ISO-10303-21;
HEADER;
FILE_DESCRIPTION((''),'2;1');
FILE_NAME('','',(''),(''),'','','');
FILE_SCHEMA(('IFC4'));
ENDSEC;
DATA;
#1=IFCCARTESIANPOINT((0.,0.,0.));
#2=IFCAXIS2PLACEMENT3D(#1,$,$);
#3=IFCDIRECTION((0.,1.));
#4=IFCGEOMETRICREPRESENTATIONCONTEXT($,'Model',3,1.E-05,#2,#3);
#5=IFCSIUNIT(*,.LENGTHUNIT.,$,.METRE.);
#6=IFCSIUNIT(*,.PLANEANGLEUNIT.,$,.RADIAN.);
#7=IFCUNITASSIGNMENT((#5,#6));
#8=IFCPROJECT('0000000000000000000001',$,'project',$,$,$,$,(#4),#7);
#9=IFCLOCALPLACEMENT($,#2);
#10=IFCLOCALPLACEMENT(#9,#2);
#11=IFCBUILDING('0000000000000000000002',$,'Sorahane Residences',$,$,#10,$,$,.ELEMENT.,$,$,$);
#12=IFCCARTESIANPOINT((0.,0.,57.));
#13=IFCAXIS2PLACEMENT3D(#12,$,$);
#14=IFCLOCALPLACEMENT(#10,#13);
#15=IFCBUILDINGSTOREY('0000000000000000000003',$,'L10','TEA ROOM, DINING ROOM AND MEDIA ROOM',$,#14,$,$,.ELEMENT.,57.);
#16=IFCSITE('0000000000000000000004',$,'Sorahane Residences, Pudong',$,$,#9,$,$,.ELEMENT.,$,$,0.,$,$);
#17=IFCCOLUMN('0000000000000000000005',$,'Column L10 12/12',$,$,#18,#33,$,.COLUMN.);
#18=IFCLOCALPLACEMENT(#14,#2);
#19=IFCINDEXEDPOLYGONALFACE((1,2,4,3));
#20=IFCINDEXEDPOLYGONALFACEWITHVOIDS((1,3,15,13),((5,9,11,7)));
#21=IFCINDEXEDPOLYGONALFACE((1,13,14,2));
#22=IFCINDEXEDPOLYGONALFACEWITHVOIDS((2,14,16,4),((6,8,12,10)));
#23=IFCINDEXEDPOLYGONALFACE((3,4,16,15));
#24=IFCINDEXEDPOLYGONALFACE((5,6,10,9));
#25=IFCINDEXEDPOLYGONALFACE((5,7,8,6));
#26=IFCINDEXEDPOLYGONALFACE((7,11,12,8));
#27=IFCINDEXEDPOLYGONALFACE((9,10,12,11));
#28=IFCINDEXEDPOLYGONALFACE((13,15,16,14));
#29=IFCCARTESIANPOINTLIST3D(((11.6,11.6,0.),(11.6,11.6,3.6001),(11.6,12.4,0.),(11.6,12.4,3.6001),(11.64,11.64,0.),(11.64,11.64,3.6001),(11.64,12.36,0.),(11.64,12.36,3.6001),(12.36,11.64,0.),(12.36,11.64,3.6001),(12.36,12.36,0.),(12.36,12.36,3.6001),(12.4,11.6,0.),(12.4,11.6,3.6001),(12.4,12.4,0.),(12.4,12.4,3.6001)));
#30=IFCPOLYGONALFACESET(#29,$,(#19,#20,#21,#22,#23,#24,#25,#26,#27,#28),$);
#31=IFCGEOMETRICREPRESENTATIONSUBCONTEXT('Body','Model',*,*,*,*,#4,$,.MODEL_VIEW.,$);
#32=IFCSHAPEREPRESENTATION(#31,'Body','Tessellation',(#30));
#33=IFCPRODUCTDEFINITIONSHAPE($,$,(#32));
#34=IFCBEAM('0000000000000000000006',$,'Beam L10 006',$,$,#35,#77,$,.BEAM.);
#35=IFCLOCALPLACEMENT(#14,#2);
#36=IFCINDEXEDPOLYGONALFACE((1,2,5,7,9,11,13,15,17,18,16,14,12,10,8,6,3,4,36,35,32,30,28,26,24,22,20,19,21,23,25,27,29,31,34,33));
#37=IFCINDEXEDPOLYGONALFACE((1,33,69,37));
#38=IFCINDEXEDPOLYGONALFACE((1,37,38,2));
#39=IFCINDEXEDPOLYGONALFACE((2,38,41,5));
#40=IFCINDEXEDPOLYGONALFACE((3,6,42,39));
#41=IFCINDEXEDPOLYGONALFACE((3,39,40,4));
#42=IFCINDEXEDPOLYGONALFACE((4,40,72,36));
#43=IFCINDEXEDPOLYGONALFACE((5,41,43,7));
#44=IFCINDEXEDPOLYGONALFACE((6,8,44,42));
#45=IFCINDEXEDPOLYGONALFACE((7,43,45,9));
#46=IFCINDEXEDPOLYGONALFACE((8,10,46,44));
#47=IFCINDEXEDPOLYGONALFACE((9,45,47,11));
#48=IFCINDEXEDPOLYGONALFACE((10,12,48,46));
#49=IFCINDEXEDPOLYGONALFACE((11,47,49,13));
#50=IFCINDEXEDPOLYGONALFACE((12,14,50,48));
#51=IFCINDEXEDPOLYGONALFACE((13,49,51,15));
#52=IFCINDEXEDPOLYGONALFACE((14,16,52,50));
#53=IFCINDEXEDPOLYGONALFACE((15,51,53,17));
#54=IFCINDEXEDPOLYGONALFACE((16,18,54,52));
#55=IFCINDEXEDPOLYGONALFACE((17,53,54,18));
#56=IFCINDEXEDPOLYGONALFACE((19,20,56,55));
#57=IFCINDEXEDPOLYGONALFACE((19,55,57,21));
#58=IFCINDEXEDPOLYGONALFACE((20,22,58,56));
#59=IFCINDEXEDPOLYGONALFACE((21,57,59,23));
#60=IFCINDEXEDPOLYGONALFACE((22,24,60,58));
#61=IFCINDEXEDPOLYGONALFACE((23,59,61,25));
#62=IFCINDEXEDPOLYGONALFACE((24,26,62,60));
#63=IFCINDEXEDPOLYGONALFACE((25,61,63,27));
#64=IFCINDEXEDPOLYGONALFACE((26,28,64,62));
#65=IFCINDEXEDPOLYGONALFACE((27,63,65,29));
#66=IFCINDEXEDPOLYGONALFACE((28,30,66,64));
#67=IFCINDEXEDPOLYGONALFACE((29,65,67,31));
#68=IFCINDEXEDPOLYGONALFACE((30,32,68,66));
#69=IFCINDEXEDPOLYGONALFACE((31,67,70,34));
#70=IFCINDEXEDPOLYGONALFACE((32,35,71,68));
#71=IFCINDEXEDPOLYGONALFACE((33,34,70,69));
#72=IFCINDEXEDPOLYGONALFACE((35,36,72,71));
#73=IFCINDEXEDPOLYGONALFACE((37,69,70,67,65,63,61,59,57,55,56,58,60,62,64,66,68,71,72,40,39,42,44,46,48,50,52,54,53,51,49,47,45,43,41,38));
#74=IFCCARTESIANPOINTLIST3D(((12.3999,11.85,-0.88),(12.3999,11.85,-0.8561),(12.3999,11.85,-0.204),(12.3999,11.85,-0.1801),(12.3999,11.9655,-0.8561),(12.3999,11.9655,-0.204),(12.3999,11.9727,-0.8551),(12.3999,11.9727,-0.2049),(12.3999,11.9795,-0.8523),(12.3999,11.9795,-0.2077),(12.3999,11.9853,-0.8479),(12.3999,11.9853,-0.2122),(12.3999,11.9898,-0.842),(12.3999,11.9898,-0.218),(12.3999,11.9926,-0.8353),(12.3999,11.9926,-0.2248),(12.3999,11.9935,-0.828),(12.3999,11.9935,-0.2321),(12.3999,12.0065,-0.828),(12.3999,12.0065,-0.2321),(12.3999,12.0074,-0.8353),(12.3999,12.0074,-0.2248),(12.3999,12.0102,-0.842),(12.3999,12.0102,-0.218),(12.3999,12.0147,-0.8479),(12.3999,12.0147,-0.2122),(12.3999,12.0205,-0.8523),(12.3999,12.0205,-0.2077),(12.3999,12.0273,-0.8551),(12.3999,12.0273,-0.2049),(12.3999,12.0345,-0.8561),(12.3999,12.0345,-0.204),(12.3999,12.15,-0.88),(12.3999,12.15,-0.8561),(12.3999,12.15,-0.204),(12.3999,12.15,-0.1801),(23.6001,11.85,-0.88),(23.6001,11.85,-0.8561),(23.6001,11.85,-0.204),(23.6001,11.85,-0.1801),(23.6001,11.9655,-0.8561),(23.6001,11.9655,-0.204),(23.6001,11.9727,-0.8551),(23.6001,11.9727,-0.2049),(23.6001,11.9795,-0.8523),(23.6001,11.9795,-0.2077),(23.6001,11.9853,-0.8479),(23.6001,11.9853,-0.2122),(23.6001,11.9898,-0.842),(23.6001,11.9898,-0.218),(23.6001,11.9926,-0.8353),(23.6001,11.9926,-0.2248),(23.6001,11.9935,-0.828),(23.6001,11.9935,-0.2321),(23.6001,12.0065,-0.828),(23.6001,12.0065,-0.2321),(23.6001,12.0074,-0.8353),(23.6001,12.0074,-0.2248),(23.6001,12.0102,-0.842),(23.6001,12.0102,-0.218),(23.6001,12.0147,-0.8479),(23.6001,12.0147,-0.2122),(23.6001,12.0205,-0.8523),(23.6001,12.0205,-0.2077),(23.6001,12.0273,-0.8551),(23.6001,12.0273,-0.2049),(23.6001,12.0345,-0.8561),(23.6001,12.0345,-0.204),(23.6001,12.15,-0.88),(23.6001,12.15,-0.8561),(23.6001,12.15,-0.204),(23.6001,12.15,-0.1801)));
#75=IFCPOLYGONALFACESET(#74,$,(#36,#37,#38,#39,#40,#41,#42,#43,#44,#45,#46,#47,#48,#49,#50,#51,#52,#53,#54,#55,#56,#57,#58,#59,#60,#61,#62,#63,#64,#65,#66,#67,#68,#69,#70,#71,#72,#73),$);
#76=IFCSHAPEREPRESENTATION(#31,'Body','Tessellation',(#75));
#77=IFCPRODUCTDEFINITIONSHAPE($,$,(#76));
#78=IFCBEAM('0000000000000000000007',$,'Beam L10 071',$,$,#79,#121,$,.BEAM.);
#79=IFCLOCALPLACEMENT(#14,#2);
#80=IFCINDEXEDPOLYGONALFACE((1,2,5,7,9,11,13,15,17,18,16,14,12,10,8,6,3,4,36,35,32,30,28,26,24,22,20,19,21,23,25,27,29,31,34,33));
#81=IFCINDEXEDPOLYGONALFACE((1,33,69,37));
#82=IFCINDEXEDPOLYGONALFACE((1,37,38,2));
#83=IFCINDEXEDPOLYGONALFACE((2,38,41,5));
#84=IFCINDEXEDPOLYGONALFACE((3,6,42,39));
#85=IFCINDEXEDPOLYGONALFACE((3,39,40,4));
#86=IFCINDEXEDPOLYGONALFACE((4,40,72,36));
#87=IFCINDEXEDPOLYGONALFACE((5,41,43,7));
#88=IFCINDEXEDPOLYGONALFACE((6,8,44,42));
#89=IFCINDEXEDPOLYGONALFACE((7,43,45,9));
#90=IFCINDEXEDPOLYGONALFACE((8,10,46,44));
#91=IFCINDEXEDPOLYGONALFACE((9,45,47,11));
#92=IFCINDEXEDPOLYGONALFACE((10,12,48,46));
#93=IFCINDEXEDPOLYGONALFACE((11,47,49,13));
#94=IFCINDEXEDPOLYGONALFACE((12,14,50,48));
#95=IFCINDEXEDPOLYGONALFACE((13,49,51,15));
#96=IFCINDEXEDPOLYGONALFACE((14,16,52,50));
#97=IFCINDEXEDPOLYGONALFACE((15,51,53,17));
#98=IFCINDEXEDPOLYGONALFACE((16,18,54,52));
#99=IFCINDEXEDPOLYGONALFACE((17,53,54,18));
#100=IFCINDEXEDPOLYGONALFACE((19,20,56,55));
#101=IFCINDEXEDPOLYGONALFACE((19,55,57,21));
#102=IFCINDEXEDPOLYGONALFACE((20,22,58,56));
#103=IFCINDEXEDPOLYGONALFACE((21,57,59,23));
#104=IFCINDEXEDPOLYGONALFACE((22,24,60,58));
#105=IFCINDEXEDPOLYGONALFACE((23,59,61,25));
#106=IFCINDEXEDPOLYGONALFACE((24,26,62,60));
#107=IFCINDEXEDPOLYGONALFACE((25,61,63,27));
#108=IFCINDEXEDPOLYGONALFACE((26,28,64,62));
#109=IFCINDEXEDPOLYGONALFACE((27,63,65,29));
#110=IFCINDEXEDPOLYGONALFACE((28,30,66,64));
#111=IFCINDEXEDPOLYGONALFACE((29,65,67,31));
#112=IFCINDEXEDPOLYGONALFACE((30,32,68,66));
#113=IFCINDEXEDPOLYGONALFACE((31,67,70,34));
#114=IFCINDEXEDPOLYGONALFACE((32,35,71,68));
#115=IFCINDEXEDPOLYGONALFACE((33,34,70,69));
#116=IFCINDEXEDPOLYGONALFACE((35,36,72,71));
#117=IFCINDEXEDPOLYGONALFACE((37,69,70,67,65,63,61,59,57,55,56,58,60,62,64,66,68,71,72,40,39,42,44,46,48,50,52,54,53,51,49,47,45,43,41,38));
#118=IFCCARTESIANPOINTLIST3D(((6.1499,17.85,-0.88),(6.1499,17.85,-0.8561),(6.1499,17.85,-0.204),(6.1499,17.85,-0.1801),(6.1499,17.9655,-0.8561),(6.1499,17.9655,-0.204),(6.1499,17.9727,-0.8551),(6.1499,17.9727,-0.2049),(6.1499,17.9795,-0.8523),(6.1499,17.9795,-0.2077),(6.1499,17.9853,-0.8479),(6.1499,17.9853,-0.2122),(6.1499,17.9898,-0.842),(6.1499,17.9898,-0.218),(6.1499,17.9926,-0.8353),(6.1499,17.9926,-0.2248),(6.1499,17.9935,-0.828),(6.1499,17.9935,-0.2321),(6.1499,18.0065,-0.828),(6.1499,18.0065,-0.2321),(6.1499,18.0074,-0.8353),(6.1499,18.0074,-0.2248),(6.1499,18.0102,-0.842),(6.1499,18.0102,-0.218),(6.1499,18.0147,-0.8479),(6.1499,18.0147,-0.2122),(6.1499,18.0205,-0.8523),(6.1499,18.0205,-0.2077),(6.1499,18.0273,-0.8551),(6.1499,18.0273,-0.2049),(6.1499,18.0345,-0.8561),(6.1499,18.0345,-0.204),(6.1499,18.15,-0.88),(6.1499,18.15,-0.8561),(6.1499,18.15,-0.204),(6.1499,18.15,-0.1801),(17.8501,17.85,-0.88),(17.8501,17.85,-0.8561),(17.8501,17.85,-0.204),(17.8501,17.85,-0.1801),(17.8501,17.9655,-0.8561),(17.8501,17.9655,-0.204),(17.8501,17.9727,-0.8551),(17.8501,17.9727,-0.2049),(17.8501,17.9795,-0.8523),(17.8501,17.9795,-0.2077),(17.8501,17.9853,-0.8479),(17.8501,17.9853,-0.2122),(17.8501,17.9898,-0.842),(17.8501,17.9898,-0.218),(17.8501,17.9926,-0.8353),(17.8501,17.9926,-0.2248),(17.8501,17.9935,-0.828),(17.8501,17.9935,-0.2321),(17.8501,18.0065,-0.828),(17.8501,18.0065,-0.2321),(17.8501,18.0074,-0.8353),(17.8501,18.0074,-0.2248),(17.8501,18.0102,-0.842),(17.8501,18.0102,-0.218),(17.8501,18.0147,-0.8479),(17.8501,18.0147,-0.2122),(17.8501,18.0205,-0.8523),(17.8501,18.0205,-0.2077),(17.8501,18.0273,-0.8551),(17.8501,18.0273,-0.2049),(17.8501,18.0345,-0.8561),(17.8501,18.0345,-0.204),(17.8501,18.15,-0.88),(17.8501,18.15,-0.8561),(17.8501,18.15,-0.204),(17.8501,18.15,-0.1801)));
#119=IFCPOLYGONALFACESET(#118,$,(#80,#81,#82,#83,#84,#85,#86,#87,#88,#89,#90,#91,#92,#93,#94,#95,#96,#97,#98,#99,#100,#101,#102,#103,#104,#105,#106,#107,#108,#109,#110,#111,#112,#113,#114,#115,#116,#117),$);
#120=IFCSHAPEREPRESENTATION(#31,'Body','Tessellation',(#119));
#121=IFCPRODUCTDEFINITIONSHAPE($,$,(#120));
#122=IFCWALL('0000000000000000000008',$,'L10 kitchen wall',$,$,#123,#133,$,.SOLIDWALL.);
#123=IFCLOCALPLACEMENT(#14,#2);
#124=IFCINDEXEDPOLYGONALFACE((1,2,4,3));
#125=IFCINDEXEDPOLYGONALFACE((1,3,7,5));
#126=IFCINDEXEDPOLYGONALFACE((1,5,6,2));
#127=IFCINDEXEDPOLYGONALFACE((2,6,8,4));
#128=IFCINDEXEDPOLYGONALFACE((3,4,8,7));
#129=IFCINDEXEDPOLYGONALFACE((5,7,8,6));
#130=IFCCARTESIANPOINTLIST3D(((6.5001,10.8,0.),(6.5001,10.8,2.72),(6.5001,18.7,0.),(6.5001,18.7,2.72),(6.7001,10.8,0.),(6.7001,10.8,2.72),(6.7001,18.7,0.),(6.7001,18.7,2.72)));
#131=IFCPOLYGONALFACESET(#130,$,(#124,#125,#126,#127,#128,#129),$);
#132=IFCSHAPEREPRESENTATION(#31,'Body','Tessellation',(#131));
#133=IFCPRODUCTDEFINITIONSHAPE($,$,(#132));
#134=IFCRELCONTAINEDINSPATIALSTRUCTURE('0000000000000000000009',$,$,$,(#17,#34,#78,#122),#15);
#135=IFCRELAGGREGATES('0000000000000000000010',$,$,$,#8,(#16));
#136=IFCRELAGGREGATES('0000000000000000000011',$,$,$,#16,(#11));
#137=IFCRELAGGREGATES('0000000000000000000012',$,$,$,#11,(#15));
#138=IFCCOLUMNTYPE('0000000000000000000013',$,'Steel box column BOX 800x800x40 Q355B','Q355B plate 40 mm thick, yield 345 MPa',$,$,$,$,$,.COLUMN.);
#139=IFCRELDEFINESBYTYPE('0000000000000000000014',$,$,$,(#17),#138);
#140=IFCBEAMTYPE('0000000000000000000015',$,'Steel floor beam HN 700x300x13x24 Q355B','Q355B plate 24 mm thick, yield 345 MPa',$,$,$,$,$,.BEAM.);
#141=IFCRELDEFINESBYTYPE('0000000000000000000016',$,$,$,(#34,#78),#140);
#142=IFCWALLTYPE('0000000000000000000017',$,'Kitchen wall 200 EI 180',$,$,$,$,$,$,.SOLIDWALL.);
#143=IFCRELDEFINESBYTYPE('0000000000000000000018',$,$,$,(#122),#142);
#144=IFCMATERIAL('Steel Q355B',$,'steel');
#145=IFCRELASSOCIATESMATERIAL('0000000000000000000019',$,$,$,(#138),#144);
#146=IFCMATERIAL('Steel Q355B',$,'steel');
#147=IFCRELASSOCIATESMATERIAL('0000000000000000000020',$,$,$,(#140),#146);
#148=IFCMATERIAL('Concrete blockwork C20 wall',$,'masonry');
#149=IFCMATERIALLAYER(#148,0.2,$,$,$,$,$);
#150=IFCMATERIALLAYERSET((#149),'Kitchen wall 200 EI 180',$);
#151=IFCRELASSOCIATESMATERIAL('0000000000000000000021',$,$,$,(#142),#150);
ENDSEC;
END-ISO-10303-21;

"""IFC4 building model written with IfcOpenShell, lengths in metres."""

from ifc_helpers import new_model, si_unit, direction, frame, frame_2d, origin, origin_2d, place, context, subcontext, project, spatial, rectangle, hollow_rectangle, i_section, extrude, material, layer, layer_set, material_profile, profile_set, type_object, element, save


model = new_model("IFC4")

# Units and contexts
model_context = context("Model", 3, precision=1e-05, world=origin(), true_north=direction((0.0, 1.0)))
body_context = subcontext(model_context, "Body", "Model", "MODEL_VIEW")
ifc_project = project(units=[si_unit("LENGTHUNIT", "METRE"), si_unit("PLANEANGLEUNIT", "RADIAN")], contexts=[model_context])

# Site, building, storey
site_placement = place(None, origin())
site = spatial("IfcSite", under=ifc_project, at=site_placement, Name="Sorahane Residences, Pudong", CompositionType="ELEMENT", RefElevation=0.0)
building_placement = place(site_placement, origin())
building = spatial("IfcBuilding", under=site, at=building_placement, Name="Sorahane Residences", CompositionType="ELEMENT")
storey_placement = place(building_placement, frame((0.0, 0.0, 57.0)))
storey = spatial("IfcBuildingStorey", under=building, at=storey_placement, Name="L10", Description="TEA ROOM, DINING ROOM AND MEDIA ROOM", CompositionType="ELEMENT", Elevation=57.0)

# Column
ifc_material_1 = material(Name="Steel Q355B", Category="steel")
ifc_material_profile_1 = material_profile(ifc_material_1, hollow_rectangle(XDim=0.8, YDim=0.8, WallThickness=0.04, at=origin_2d()), Name="BOX 800x800x40")
ifc_profile_set_1 = profile_set([ifc_material_profile_1], Name="Steel Q355B")
column_type = type_object("IfcColumnType", Name="Steel box column BOX 800x800x40 Q355B", Description="Q355B plate 40 mm thick, yield 345 MPa", PredefinedType="COLUMN", material=ifc_profile_set_1)
column_placement = place(storey_placement, frame((12.0, 12.0, 0.0), z_axis=(0.0, 0.0, 1.0), x_axis=(1.0, 0.0, 0.0)))
element("IfcColumn", 1, at=column_placement, inside=storey, type_object=column_type, Name="Column L10 12/12", PredefinedType="COLUMN", context=body_context, shape_type="SweptSolid", body=[
    extrude(hollow_rectangle(XDim=0.8, YDim=0.8, WallThickness=0.04, at=origin_2d()), origin(), (0.0, 0.0, 1.0), 3.6001),
])

# Beams
ifc_material_2 = material(Name="Steel Q355B", Category="steel")
ifc_material_profile_2 = material_profile(ifc_material_2, i_section(OverallWidth=0.3, OverallDepth=0.7, WebThickness=0.0129, FlangeThickness=0.0239, FilletRadius=0.0281, at=origin_2d()), Name="HN 700x300x13x24")
ifc_profile_set_2 = profile_set([ifc_material_profile_2], Name="Steel Q355B")
beam_type = type_object("IfcBeamType", Name="Steel floor beam HN 700x300x13x24 Q355B", Description="Q355B plate 24 mm thick, yield 345 MPa", PredefinedType="BEAM", material=ifc_profile_set_2)
beam_1_placement = place(storey_placement, frame((12.3999, 12.0, -0.53), z_axis=(1.0, 0.0, 0.0), x_axis=(0.0, 1.0, 0.0)))
element("IfcBeam", 2, at=beam_1_placement, inside=storey, type_object=beam_type, Name="Beam L10 006", PredefinedType="BEAM", context=body_context, shape_type="SweptSolid", body=[
    extrude(i_section(OverallWidth=0.3, OverallDepth=0.7, WebThickness=0.0129, FlangeThickness=0.0239, FilletRadius=0.0281, at=origin_2d()), origin(), (0.0, 0.0, 1.0), 11.2002),
])
beam_2_placement = place(storey_placement, frame((6.1499, 18.0, -0.53), z_axis=(1.0, 0.0, 0.0), x_axis=(0.0, 1.0, 0.0)))
element("IfcBeam", 3, at=beam_2_placement, inside=storey, type_object=beam_type, Name="Beam L10 071", PredefinedType="BEAM", context=body_context, shape_type="SweptSolid", body=[
    extrude(i_section(OverallWidth=0.3, OverallDepth=0.7, WebThickness=0.0129, FlangeThickness=0.0239, FilletRadius=0.0281, at=origin_2d()), origin(), (0.0, 0.0, 1.0), 11.7002),
])

# Wall
ifc_material_3 = material(Name="Concrete blockwork C20 wall", Category="masonry")
ifc_layer_1 = layer(ifc_material_3, 0.2)
ifc_layer_set_1 = layer_set([ifc_layer_1], Name="Kitchen wall 200 EI 180")
wall_type_1 = type_object("IfcWallType", Name="Kitchen wall 200 EI 180", PredefinedType="SOLIDWALL", material=ifc_layer_set_1)
wall_1_placement = place(storey_placement, frame((6.6001, 10.8, 0.0), z_axis=(0.0, 0.0, 1.0), x_axis=(0.0, 1.0, 0.0)))
element("IfcWall", 4, at=wall_1_placement, inside=storey, type_object=wall_type_1, Name="L10 kitchen wall", PredefinedType="SOLIDWALL", context=body_context, shape_type="SweptSolid", body=[
    extrude(rectangle(XDim=7.8999, YDim=0.2, at=frame_2d((3.95, 0.0))), origin(), (0.0, 0.0, 1.0), 2.72),
])

save(model, "model.ifc")
